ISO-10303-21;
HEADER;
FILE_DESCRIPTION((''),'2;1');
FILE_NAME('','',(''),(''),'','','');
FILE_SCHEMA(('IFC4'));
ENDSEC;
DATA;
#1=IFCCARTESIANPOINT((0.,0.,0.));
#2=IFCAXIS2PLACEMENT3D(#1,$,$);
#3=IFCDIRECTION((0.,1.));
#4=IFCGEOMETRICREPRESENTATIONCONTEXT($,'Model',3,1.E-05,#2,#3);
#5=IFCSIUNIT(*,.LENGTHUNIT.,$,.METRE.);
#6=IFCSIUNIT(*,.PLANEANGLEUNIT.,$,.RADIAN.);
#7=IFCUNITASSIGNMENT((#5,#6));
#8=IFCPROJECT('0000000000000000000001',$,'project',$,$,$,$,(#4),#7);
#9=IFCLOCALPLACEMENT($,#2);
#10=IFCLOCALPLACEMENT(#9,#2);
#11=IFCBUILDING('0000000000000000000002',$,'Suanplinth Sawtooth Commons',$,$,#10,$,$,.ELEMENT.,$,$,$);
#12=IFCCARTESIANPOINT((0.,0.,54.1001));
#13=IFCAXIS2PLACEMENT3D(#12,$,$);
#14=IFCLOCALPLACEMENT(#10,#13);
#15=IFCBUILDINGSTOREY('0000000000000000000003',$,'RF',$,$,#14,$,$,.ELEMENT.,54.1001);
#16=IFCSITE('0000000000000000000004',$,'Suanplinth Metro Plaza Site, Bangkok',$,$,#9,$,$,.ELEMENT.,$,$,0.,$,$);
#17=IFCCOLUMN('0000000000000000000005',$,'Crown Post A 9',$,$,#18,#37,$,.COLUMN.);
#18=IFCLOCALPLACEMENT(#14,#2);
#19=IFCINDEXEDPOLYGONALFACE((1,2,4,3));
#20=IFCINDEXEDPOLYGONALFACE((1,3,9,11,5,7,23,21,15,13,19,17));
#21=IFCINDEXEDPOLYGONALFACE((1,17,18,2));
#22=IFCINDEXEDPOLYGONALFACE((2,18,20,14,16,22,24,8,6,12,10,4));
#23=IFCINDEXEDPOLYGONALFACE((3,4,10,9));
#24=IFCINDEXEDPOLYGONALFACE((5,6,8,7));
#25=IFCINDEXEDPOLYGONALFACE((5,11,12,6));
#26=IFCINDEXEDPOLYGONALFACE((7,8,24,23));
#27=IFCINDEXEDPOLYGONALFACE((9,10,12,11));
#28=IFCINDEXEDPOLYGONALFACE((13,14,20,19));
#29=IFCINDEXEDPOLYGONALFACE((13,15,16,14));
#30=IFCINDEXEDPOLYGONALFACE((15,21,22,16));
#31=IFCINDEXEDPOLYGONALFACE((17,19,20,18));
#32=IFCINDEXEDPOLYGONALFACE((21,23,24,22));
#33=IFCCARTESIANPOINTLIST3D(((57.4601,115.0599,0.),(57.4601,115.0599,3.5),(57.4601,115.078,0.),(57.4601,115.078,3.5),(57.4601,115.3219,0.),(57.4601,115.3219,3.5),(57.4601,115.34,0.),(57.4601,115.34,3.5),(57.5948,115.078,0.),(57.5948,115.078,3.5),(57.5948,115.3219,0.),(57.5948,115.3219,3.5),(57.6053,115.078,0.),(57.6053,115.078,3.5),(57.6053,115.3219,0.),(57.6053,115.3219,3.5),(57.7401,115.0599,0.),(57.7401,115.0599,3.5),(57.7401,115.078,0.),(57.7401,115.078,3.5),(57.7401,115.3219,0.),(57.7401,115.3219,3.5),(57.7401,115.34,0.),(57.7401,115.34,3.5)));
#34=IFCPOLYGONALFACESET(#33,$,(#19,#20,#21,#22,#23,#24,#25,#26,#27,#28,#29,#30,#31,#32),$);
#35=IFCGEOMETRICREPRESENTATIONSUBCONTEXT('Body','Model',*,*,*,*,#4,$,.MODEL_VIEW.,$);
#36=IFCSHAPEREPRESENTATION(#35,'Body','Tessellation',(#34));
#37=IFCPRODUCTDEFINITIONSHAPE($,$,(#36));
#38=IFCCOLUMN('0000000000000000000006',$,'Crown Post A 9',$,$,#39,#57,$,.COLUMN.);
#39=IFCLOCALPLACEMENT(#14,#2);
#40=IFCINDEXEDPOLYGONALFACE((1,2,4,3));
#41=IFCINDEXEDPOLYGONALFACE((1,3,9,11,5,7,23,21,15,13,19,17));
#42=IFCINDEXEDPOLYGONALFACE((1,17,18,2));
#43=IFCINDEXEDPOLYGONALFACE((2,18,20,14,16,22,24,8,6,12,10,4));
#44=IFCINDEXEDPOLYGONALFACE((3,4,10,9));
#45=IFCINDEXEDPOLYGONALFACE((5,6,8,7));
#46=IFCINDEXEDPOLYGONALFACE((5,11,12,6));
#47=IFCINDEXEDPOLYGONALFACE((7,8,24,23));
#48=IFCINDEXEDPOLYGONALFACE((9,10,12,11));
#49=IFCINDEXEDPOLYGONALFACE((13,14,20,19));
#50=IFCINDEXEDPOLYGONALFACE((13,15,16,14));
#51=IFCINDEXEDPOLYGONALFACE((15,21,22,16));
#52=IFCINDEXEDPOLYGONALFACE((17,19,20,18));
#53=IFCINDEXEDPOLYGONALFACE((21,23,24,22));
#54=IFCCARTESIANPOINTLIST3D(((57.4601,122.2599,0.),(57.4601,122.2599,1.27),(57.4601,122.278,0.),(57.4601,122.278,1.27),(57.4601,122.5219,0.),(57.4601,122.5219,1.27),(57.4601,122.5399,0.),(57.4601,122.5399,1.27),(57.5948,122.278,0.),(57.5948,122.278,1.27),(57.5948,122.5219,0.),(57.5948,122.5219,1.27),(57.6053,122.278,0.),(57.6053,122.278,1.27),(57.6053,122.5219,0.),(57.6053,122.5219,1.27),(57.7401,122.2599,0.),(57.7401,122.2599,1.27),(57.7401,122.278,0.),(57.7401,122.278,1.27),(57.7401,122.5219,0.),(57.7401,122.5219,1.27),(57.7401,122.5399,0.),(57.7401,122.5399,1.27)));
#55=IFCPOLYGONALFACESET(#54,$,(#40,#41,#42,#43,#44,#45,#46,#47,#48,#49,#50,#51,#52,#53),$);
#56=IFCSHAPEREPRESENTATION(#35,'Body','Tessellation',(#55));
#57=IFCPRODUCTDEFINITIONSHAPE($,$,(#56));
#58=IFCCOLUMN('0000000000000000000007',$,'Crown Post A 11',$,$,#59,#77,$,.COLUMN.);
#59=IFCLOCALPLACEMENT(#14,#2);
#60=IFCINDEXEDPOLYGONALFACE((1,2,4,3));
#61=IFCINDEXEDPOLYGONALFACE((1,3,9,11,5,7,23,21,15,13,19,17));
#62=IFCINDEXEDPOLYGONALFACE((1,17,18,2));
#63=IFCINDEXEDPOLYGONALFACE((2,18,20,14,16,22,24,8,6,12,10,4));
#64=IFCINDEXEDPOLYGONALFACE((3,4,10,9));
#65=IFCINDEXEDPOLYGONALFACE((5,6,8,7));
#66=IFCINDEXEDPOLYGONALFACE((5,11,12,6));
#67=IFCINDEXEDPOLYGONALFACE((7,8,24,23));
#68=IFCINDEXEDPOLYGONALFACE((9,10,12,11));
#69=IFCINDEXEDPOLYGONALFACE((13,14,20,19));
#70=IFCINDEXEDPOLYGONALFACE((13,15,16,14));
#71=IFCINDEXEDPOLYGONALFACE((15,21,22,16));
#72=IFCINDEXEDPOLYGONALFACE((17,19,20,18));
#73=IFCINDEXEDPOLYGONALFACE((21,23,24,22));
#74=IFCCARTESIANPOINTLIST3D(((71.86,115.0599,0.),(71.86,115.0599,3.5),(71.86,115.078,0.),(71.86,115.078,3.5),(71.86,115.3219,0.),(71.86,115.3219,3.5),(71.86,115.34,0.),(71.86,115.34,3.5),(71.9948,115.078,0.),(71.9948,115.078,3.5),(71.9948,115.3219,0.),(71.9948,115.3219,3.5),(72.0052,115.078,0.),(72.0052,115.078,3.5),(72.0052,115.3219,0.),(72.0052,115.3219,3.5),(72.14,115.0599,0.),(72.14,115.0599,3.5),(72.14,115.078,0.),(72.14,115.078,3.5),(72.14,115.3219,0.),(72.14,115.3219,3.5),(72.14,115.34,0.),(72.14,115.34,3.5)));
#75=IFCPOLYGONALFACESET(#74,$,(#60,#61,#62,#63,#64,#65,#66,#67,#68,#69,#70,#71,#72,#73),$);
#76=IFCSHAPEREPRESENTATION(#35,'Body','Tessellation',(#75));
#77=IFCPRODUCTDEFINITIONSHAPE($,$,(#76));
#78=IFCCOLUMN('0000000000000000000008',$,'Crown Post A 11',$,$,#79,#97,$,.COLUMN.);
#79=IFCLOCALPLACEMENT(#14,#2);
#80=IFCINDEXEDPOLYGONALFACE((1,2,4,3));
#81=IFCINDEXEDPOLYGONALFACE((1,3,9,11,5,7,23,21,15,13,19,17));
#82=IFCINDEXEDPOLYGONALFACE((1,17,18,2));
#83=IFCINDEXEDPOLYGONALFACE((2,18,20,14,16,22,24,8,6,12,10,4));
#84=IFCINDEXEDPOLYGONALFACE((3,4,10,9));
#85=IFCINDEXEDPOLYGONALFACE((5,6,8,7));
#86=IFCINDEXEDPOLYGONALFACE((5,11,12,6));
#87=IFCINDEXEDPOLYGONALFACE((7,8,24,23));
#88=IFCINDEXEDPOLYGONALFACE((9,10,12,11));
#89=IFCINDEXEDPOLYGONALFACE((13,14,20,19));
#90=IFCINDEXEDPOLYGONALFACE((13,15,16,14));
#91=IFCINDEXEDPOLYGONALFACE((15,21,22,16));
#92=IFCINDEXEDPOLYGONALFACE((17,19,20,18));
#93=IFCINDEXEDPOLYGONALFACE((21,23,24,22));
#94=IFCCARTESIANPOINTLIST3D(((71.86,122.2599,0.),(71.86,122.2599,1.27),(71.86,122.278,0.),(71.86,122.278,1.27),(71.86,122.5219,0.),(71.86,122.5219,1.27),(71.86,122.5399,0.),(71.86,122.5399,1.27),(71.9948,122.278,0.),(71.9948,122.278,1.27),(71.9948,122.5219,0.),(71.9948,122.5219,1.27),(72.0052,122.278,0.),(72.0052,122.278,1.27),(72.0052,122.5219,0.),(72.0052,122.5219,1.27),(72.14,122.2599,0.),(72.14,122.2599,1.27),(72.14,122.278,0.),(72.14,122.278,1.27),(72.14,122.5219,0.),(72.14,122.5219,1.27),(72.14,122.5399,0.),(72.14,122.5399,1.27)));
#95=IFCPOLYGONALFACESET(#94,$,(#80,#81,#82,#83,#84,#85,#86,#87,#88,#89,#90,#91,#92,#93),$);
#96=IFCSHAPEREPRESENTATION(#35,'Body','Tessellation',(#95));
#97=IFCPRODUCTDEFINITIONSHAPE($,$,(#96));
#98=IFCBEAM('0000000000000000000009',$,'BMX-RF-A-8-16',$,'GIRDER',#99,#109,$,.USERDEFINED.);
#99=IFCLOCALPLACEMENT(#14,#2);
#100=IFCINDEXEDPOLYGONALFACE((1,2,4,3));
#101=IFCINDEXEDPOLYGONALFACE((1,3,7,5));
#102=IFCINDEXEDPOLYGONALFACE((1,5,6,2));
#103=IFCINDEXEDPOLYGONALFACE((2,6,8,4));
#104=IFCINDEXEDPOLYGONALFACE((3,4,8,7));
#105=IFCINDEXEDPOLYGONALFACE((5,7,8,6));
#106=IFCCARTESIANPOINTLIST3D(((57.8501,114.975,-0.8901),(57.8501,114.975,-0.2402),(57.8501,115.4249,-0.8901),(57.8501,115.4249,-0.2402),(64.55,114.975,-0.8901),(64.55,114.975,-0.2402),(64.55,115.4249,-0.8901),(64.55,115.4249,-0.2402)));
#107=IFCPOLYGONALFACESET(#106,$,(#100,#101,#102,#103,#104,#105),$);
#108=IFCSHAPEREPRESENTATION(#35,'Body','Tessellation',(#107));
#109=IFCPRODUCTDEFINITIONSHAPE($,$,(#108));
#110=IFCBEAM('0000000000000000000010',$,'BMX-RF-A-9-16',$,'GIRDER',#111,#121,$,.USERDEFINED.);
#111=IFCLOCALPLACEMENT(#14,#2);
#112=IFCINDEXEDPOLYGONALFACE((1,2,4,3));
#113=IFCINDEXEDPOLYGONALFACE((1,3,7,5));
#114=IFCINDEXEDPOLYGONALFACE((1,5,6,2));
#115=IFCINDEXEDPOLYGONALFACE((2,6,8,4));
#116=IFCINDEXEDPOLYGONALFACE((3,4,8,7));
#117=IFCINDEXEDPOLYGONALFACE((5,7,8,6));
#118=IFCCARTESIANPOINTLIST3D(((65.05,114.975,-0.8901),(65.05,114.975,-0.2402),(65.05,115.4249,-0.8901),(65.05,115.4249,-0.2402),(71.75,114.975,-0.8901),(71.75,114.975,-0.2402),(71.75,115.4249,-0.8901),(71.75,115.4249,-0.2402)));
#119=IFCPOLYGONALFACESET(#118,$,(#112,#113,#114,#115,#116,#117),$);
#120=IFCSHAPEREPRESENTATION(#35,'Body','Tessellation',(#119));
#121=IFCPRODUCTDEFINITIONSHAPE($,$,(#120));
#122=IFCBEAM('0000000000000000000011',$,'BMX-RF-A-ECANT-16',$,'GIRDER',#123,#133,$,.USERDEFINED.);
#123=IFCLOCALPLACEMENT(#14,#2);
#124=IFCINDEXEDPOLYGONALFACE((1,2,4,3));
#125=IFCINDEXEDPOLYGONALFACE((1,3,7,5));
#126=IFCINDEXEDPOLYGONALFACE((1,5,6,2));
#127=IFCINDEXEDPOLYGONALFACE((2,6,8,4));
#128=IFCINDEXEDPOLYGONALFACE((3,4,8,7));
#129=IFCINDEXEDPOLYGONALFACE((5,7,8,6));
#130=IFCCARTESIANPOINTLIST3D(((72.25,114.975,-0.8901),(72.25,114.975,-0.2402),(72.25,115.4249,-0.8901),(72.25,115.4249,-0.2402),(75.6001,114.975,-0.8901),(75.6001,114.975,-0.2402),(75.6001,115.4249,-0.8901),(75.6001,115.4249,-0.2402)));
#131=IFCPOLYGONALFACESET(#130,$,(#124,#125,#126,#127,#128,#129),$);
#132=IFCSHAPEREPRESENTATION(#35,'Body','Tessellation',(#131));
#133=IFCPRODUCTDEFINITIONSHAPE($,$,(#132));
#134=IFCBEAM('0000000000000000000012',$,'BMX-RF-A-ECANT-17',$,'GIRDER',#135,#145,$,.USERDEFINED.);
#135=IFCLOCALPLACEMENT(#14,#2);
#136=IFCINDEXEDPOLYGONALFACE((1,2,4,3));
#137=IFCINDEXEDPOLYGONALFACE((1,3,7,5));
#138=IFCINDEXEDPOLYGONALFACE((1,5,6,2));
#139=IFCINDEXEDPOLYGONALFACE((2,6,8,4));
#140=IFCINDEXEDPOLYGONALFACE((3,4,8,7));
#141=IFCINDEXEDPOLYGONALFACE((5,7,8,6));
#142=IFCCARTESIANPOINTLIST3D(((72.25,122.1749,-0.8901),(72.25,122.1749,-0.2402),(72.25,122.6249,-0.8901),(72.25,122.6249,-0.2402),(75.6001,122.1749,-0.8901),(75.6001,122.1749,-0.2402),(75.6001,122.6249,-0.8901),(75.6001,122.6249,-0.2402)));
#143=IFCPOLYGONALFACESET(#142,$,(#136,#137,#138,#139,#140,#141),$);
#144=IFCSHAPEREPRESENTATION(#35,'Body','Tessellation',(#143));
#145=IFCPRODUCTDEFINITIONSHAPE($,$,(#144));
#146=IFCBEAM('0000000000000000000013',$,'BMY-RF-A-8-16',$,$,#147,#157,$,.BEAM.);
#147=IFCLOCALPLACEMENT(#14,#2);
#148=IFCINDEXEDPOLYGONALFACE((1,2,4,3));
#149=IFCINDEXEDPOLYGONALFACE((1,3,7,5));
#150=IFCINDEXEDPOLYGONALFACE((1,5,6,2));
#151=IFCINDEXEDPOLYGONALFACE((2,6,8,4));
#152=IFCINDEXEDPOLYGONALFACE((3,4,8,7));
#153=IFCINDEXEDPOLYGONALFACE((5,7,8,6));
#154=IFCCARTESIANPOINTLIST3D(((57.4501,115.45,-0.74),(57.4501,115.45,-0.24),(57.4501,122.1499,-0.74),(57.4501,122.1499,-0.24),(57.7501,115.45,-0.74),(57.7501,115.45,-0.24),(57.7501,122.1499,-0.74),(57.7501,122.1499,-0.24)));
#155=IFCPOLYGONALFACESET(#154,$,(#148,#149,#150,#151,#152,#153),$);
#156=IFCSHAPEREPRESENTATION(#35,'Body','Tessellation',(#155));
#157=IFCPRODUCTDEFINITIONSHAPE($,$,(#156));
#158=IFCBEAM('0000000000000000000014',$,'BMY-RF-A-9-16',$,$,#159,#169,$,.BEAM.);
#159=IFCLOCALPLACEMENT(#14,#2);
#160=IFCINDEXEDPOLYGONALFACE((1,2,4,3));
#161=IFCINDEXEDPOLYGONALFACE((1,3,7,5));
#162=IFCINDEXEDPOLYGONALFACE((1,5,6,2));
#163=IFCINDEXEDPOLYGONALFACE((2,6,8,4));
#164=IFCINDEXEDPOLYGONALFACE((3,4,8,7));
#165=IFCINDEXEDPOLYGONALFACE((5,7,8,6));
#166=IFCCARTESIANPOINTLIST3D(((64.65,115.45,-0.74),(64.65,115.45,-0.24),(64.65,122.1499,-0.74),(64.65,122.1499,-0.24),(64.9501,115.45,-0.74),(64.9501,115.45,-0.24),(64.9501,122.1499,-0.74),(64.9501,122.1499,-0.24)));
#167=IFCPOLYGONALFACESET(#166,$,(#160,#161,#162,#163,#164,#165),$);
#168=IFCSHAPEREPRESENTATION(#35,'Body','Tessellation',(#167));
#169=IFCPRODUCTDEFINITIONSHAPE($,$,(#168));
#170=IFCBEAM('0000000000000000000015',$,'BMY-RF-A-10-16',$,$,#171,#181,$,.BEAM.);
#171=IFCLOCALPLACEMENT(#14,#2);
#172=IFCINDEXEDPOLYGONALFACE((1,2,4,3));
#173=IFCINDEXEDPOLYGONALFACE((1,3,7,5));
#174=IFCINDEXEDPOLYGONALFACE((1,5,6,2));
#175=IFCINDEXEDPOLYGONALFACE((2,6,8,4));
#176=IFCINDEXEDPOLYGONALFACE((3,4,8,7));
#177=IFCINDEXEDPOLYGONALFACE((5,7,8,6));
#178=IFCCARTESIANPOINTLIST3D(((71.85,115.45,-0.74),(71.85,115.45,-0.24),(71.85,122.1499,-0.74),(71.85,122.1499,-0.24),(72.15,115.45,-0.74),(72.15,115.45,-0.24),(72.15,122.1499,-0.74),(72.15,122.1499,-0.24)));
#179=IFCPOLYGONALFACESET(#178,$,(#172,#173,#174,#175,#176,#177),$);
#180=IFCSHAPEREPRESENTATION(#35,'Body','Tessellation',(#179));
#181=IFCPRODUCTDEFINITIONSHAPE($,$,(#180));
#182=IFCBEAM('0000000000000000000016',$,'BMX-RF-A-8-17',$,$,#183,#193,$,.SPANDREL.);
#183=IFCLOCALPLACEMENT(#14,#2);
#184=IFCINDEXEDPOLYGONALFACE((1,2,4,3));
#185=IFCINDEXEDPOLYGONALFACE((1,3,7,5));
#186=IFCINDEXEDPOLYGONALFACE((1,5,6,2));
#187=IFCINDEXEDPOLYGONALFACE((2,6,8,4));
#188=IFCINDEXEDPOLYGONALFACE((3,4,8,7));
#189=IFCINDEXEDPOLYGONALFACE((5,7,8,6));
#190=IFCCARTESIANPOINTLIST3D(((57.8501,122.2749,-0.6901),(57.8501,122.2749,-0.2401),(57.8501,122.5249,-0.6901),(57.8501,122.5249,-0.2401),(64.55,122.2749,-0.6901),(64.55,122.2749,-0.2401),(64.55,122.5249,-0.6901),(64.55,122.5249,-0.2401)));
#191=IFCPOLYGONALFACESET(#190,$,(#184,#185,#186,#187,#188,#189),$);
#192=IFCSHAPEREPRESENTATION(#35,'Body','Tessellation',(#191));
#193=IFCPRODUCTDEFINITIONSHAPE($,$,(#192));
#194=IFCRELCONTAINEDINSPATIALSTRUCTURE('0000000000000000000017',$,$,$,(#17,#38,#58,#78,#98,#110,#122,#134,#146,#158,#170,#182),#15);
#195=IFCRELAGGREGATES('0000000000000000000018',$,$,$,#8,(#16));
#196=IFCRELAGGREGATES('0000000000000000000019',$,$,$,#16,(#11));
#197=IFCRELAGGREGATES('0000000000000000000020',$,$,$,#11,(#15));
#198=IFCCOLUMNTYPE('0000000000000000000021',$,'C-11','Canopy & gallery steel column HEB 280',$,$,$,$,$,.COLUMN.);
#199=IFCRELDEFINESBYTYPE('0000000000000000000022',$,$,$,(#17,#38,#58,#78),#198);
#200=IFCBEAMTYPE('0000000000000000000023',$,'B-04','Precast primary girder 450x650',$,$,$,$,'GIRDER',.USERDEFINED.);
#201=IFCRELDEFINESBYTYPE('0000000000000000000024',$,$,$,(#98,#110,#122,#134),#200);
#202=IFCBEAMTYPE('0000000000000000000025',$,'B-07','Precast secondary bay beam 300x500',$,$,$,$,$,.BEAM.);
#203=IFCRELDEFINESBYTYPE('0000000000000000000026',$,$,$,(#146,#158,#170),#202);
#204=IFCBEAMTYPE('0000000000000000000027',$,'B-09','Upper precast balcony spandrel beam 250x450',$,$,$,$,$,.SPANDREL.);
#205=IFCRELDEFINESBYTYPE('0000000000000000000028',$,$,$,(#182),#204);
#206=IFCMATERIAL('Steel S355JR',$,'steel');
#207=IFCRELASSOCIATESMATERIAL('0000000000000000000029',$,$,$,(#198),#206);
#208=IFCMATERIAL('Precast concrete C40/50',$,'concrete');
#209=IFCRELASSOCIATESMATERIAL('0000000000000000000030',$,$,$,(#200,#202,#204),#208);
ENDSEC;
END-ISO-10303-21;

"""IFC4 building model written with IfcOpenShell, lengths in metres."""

from ifc_helpers import new_model, si_unit, direction, frame, origin, origin_2d, place, context, subcontext, project, spatial, rectangle, i_section, extrude, material, material_profile, profile_set, type_object, element, save


model = new_model("IFC4")

# Units and contexts
model_context = context("Model", 3, precision=1e-05, world=origin(), true_north=direction((0.0, 1.0)))
body_context = subcontext(model_context, "Body", "Model", "MODEL_VIEW")
ifc_project = project(units=[si_unit("LENGTHUNIT", "METRE"), si_unit("PLANEANGLEUNIT", "RADIAN")], contexts=[model_context])

# Site, building, storey
site_placement = place(None, origin())
site = spatial("IfcSite", under=ifc_project, at=site_placement, Name="Suanplinth Metro Plaza Site, Bangkok", CompositionType="ELEMENT", RefElevation=0.0)
building_placement = place(site_placement, origin())
building = spatial("IfcBuilding", under=site, at=building_placement, Name="Suanplinth Sawtooth Commons", CompositionType="ELEMENT")
storey_placement = place(building_placement, frame((0.0, 0.0, 54.1001)))
storey = spatial("IfcBuildingStorey", under=building, at=storey_placement, Name="RF", CompositionType="ELEMENT", Elevation=54.1001)

# Columns
ifc_material_1 = material(Name="Steel S355JR", Category="steel")
ifc_material_profile_1 = material_profile(ifc_material_1, i_section(OverallWidth=0.28, OverallDepth=0.28, WebThickness=0.0105, FlangeThickness=0.0181, at=origin_2d()), Name="HEB 280")
ifc_profile_set_1 = profile_set([ifc_material_profile_1], Name="Steel S355JR")
column_type = type_object("IfcColumnType", Name="C-11", Description="Canopy & gallery steel column HEB 280", PredefinedType="COLUMN", material=ifc_profile_set_1)
column_1_placement = place(storey_placement, frame((57.6001, 115.2, 0.0), z_axis=(0.0, 0.0, 1.0), x_axis=(1.0, 0.0, 0.0)))
element("IfcColumn", 1, at=column_1_placement, inside=storey, type_object=column_type, Name="Crown Post A 9", PredefinedType="COLUMN", context=body_context, shape_type="SweptSolid", body=[
    extrude(i_section(OverallWidth=0.28, OverallDepth=0.28, WebThickness=0.0105, FlangeThickness=0.0181, at=origin_2d()), origin(), (0.0, 0.0, 1.0), 3.5),
])
column_2_placement = place(storey_placement, frame((57.6001, 122.3999, 0.0), z_axis=(0.0, 0.0, 1.0), x_axis=(1.0, 0.0, 0.0)))
element("IfcColumn", 2, at=column_2_placement, inside=storey, type_object=column_type, Name="Crown Post A 9", PredefinedType="COLUMN", context=body_context, shape_type="SweptSolid", body=[
    extrude(i_section(OverallWidth=0.28, OverallDepth=0.28, WebThickness=0.0105, FlangeThickness=0.0181, at=origin_2d()), origin(), (0.0, 0.0, 1.0), 1.27),
])
column_3_placement = place(storey_placement, frame((72.0, 115.2, 0.0), z_axis=(0.0, 0.0, 1.0), x_axis=(1.0, 0.0, 0.0)))
element("IfcColumn", 3, at=column_3_placement, inside=storey, type_object=column_type, Name="Crown Post A 11", PredefinedType="COLUMN", context=body_context, shape_type="SweptSolid", body=[
    extrude(i_section(OverallWidth=0.28, OverallDepth=0.28, WebThickness=0.0105, FlangeThickness=0.0181, at=origin_2d()), origin(), (0.0, 0.0, 1.0), 3.5),
])
column_4_placement = place(storey_placement, frame((72.0, 122.3999, 0.0), z_axis=(0.0, 0.0, 1.0), x_axis=(1.0, 0.0, 0.0)))
element("IfcColumn", 4, at=column_4_placement, inside=storey, type_object=column_type, Name="Crown Post A 11", PredefinedType="COLUMN", context=body_context, shape_type="SweptSolid", body=[
    extrude(i_section(OverallWidth=0.28, OverallDepth=0.28, WebThickness=0.0105, FlangeThickness=0.0181, at=origin_2d()), origin(), (0.0, 0.0, 1.0), 1.27),
])

# Beams
ifc_material_2 = material(Name="Precast concrete C40/50", Category="concrete")
ifc_material_profile_2 = material_profile(ifc_material_2, rectangle(XDim=0.45, YDim=0.6499, at=origin_2d()), Name="PC-GDR 450x650")
ifc_profile_set_2 = profile_set([ifc_material_profile_2], Name="Precast concrete C40/50")
beam_type_1 = type_object("IfcBeamType", Name="B-04", Description="Precast primary girder 450x650", ElementType="GIRDER", PredefinedType="USERDEFINED", material=ifc_profile_set_2)
for number, where, z_axis, x_axis, name in (
    (5, (57.8501, 115.2, -0.5652), (1.0, 0.0, 0.0), (0.0, 1.0, 0.0), "BMX-RF-A-8-16"),
    (6, (65.05, 115.2, -0.5652), (1.0, 0.0, 0.0), (0.0, 1.0, 0.0), "BMX-RF-A-9-16"),
):
    element("IfcBeam", number, at=place(storey_placement, frame(where, z_axis=z_axis, x_axis=x_axis)), inside=storey, type_object=beam_type_1, Name=name, ObjectType="GIRDER", PredefinedType="USERDEFINED", context=body_context, shape_type="SweptSolid", body=[
        extrude(rectangle(XDim=0.45, YDim=0.6499, at=origin_2d()), origin(), (0.0, 0.0, 1.0), 6.7),
    ])
for number, where, z_axis, x_axis, name in (
    (7, (72.25, 115.2, -0.5652), (1.0, 0.0, 0.0), (0.0, 1.0, 0.0), "BMX-RF-A-ECANT-16"),
    (8, (72.25, 122.3999, -0.5652), (1.0, 0.0, 0.0), (0.0, 1.0, 0.0), "BMX-RF-A-ECANT-17"),
):
    element("IfcBeam", number, at=place(storey_placement, frame(where, z_axis=z_axis, x_axis=x_axis)), inside=storey, type_object=beam_type_1, Name=name, ObjectType="GIRDER", PredefinedType="USERDEFINED", context=body_context, shape_type="SweptSolid", body=[
        extrude(rectangle(XDim=0.45, YDim=0.6499, at=origin_2d()), origin(), (0.0, 0.0, 1.0), 3.3501),
    ])
ifc_material_profile_3 = material_profile(ifc_material_2, rectangle(XDim=0.3, YDim=0.5, at=origin_2d()), Name="PC-BM 300x500")
ifc_profile_set_3 = profile_set([ifc_material_profile_3], Name="Precast concrete C40/50")
beam_type_2 = type_object("IfcBeamType", Name="B-07", Description="Precast secondary bay beam 300x500", PredefinedType="BEAM", material=ifc_profile_set_3)
for number, where, z_axis, x_axis, name in (
    (9, (57.6001, 115.45, -0.49), (0.0, 1.0, 0.0), (-1.0, 0.0, 0.0), "BMY-RF-A-8-16"),
    (10, (64.8, 115.45, -0.49), (0.0, 1.0, 0.0), (-1.0, 0.0, 0.0), "BMY-RF-A-9-16"),
    (11, (72.0, 115.45, -0.49), (0.0, 1.0, 0.0), (-1.0, 0.0, 0.0), "BMY-RF-A-10-16"),
):
    element("IfcBeam", number, at=place(storey_placement, frame(where, z_axis=z_axis, x_axis=x_axis)), inside=storey, type_object=beam_type_2, Name=name, PredefinedType="BEAM", context=body_context, shape_type="SweptSolid", body=[
        extrude(rectangle(XDim=0.3, YDim=0.5, at=origin_2d()), origin(), (0.0, 0.0, 1.0), 6.7),
    ])
ifc_material_profile_4 = material_profile(ifc_material_2, rectangle(XDim=0.25, YDim=0.45, at=origin_2d()), Name="PC-SP 250x450")
ifc_profile_set_4 = profile_set([ifc_material_profile_4], Name="Precast concrete C40/50")
beam_type_3 = type_object("IfcBeamType", Name="B-09", Description="Upper precast balcony spandrel beam 250x450", PredefinedType="SPANDREL", material=ifc_profile_set_4)
for number, where, z_axis, x_axis, name in (
    (12, (57.8501, 122.3999, -0.4651), (1.0, 0.0, 0.0), (0.0, 1.0, 0.0), "BMX-RF-A-8-17"),
):
    element("IfcBeam", number, at=place(storey_placement, frame(where, z_axis=z_axis, x_axis=x_axis)), inside=storey, type_object=beam_type_3, Name=name, PredefinedType="SPANDREL", context=body_context, shape_type="SweptSolid", body=[
        extrude(rectangle(XDim=0.25, YDim=0.45, at=origin_2d()), origin(), (0.0, 0.0, 1.0), 6.7),
    ])

save(model, "model.ifc")
